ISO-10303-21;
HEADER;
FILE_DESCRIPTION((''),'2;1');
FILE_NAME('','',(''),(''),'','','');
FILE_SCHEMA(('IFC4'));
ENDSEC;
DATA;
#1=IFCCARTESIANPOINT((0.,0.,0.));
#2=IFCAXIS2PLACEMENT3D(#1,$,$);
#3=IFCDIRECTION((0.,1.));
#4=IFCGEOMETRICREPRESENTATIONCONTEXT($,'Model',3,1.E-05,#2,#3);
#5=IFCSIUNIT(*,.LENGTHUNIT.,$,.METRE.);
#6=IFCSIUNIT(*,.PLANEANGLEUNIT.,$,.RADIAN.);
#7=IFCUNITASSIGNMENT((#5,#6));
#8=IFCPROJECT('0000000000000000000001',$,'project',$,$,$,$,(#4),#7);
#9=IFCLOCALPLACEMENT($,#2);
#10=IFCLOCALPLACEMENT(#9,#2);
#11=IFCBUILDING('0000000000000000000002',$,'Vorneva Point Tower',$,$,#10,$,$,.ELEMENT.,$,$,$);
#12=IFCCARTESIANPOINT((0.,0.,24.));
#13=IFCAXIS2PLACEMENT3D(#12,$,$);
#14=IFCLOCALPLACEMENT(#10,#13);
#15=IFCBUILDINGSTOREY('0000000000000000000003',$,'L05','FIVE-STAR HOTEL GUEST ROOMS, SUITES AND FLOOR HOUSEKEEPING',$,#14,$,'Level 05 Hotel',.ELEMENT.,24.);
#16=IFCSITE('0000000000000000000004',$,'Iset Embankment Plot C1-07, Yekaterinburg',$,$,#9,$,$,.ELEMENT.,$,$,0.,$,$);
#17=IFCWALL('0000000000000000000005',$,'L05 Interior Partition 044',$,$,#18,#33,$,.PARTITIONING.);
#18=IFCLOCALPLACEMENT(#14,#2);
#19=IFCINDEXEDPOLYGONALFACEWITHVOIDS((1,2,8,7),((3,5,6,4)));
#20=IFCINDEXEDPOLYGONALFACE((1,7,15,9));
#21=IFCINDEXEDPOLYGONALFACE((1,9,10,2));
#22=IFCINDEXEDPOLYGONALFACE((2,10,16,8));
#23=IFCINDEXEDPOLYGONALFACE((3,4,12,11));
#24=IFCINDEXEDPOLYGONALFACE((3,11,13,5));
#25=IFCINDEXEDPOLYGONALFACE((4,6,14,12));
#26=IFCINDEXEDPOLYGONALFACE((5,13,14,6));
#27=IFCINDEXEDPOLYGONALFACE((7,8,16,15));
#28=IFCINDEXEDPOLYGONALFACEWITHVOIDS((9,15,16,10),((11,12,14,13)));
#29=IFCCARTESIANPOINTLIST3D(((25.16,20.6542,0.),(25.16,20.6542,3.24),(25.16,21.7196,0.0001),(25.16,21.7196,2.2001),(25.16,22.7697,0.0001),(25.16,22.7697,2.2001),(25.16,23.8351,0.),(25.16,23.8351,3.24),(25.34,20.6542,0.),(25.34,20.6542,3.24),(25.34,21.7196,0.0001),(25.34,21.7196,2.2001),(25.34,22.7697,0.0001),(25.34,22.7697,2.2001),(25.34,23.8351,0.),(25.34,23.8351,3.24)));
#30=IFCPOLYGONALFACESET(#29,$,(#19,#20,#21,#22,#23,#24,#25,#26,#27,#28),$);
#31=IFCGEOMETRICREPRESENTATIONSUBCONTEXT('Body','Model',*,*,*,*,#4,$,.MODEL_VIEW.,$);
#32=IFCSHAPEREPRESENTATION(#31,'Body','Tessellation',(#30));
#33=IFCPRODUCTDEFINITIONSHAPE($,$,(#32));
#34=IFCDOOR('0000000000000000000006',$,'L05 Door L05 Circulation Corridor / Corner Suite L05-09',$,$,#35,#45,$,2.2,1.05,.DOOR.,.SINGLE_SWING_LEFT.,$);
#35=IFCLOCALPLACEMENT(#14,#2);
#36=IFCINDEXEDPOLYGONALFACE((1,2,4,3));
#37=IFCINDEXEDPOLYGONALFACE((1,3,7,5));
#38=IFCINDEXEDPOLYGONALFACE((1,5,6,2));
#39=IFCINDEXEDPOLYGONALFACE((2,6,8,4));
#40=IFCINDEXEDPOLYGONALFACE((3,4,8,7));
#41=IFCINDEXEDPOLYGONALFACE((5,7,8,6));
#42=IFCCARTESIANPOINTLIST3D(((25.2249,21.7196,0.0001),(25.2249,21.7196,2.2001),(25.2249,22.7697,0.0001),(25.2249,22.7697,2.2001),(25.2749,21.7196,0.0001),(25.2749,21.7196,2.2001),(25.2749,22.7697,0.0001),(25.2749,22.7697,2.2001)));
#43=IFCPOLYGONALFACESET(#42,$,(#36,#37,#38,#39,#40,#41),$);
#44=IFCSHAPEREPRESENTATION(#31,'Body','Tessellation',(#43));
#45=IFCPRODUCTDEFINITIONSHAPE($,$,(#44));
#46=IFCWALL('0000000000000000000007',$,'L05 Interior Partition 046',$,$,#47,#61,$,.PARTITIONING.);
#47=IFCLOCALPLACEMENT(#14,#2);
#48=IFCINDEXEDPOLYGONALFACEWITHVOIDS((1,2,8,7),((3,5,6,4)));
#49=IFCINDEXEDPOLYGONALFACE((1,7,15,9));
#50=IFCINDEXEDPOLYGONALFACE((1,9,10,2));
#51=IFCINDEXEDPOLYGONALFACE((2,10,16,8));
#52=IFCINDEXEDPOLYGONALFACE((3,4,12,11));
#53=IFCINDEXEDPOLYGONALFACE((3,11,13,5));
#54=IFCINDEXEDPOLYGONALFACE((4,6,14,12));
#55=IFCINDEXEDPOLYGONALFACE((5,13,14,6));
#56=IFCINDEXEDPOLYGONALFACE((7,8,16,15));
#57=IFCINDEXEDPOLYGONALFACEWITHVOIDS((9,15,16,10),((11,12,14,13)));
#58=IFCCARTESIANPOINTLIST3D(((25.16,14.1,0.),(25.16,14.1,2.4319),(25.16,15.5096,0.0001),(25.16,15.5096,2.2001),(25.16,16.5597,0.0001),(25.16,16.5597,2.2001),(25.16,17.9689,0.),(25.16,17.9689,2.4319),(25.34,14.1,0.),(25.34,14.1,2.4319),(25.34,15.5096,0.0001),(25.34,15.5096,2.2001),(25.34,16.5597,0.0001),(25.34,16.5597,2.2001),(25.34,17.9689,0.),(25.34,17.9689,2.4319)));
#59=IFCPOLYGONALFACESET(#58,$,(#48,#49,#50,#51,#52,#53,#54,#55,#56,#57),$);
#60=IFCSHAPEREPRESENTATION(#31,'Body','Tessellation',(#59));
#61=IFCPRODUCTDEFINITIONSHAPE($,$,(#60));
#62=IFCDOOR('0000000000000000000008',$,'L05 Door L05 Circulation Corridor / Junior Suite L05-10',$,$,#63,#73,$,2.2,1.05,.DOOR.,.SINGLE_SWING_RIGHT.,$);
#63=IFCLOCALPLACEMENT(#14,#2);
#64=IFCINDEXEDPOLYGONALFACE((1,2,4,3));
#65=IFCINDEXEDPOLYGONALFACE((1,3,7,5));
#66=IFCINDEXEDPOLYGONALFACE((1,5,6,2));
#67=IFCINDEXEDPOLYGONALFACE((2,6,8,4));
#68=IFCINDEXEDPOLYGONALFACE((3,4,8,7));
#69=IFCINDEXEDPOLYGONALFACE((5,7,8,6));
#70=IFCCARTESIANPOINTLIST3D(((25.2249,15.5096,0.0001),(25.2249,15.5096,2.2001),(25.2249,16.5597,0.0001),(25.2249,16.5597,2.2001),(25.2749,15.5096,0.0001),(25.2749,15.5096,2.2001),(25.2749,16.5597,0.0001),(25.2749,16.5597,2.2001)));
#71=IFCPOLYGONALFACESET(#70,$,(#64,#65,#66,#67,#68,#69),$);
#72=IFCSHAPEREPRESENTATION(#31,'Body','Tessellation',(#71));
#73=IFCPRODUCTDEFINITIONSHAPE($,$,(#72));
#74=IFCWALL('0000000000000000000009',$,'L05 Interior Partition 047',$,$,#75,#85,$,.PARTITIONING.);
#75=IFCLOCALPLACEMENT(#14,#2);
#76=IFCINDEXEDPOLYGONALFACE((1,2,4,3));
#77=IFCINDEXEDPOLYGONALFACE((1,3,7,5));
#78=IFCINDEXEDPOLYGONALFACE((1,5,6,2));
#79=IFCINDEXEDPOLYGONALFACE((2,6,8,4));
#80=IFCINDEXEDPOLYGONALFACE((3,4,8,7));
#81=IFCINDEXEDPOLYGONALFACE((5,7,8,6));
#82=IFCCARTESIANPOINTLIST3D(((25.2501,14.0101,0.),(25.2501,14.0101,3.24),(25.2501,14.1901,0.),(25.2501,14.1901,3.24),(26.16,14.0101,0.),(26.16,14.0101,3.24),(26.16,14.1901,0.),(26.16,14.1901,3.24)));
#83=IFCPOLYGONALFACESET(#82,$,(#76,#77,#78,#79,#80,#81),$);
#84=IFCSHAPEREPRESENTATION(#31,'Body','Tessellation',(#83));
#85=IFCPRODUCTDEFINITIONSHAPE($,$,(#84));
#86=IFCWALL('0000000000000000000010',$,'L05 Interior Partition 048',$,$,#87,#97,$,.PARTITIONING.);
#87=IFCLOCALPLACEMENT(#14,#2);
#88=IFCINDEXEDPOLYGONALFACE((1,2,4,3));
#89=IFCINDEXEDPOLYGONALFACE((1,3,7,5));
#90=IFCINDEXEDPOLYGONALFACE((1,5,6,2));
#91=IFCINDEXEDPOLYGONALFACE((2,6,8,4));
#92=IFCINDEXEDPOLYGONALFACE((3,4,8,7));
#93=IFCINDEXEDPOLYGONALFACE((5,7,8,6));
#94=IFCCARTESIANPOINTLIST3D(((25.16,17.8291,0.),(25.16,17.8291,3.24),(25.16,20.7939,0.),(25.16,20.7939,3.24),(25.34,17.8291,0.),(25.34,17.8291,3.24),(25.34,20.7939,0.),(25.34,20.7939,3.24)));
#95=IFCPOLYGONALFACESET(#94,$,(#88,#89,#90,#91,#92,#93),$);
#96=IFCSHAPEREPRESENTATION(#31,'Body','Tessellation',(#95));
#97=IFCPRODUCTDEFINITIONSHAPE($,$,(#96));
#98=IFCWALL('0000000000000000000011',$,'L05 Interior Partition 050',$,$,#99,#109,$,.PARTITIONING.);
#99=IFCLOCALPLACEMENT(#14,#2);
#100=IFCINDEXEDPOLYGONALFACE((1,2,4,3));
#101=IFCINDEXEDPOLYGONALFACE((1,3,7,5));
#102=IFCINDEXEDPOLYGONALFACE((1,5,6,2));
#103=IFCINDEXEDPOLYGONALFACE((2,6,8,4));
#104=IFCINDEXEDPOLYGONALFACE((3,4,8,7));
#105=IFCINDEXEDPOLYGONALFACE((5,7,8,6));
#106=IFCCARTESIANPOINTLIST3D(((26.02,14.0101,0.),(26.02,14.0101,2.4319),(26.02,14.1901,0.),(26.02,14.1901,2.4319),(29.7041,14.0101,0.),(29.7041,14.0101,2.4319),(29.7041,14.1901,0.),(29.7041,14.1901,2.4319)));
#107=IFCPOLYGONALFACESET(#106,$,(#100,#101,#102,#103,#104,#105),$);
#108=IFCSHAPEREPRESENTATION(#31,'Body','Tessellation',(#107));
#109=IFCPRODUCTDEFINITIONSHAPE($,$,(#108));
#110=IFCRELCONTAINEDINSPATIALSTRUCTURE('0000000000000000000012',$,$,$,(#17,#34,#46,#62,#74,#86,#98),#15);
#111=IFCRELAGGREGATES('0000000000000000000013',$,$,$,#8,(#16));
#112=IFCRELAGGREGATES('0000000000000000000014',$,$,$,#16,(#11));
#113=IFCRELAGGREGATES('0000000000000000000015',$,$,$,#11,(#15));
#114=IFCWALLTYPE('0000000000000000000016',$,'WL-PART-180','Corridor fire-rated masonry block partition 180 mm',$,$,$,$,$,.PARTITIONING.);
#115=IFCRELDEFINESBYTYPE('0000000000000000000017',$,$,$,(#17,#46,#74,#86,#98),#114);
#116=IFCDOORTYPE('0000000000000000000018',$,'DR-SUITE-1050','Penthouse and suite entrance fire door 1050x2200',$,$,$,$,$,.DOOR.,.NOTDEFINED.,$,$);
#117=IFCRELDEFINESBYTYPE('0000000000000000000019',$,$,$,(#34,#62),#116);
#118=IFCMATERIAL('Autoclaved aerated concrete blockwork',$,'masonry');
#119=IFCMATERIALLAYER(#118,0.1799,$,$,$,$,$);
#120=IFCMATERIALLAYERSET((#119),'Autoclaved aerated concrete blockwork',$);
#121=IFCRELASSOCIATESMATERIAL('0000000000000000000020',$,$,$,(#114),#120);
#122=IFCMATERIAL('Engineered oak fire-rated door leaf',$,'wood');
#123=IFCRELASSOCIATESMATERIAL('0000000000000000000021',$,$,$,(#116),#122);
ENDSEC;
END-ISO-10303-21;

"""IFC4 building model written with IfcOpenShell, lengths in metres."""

from ifc_helpers import new_model, si_unit, direction, frame, frame_2d, origin, place, context, subcontext, project, spatial, rectangle, extrude, material, layer, layer_set, type_object, element, fill, save


model = new_model("IFC4")

# Units and contexts
model_context = context("Model", 3, precision=1e-05, world=origin(), true_north=direction((0.0, 1.0)))
body_context = subcontext(model_context, "Body", "Model", "MODEL_VIEW")
ifc_project = project(units=[si_unit("LENGTHUNIT", "METRE"), si_unit("PLANEANGLEUNIT", "RADIAN")], contexts=[model_context])

# Site, building, storey
site_placement = place(None, origin())
site = spatial("IfcSite", under=ifc_project, at=site_placement, Name="Iset Embankment Plot C1-07, Yekaterinburg", CompositionType="ELEMENT", RefElevation=0.0)
building_placement = place(site_placement, origin())
building = spatial("IfcBuilding", under=site, at=building_placement, Name="Vorneva Point Tower", CompositionType="ELEMENT")
storey_placement = place(building_placement, frame((0.0, 0.0, 24.0)))
storey = spatial("IfcBuildingStorey", under=building, at=storey_placement, Name="L05", Description="FIVE-STAR HOTEL GUEST ROOMS, SUITES AND FLOOR HOUSEKEEPING", LongName="Level 05 Hotel", CompositionType="ELEMENT", Elevation=24.0)

# Shared definitions
ifc_material_1 = material(Name="Engineered oak fire-rated door leaf", Category="wood")

# Walls, openings, doors
ifc_material_2 = material(Name="Autoclaved aerated concrete blockwork", Category="masonry")
ifc_layer_1 = layer(ifc_material_2, 0.1799)
ifc_layer_set_1 = layer_set([ifc_layer_1], Name="Autoclaved aerated concrete blockwork")
wall_type_1 = type_object("IfcWallType", Name="WL-PART-180", Description="Corridor fire-rated masonry block partition 180 mm", PredefinedType="PARTITIONING", material=ifc_layer_set_1)
wall_1_placement = place(storey_placement, frame((25.25, 23.835, 0.0), z_axis=(0.0, 0.0, 1.0), x_axis=(0.0, -1.0, 0.0)))
wall_1 = element("IfcWall", 1, at=wall_1_placement, inside=storey, type_object=wall_type_1, Name="L05 Interior Partition 044", PredefinedType="PARTITIONING", context=body_context, shape_type="SweptSolid", body=[
    extrude(rectangle(XDim=3.1809, YDim=0.1799, at=frame_2d((1.5903, 0.0))), origin(), (0.0, 0.0, 1.0), 3.24),
])
opening_1_placement = place(wall_1_placement, frame((1.0654, 0.0, 0.0)))
opening_1 = element("IfcOpeningElement", 2, at=opening_1_placement, cuts=wall_1, PredefinedType="OPENING", context=body_context, shape_type="SweptSolid", body=[
    extrude(rectangle(XDim=1.05, YDim=2.2, at=frame_2d((0.5249, 1.1001))), frame((0.0, 0.105, 0.0), z_axis=(0.0, -1.0, 0.0), x_axis=(1.0, 0.0, 0.0)), (0.0, 0.0, 1.0), 0.2097),
])
door_type_1 = type_object("IfcDoorType", Name="DR-SUITE-1050", Description="Penthouse and suite entrance fire door 1050x2200", OperationType="NOTDEFINED", PredefinedType="DOOR", material=ifc_material_1)
door_1_placement = place(opening_1_placement, origin())
door_1 = element("IfcDoor", 3, at=door_1_placement, inside=storey, type_object=door_type_1, Name="L05 Door L05 Circulation Corridor / Corner Suite L05-09", OperationType="SINGLE_SWING_LEFT", OverallHeight=2.2, OverallWidth=1.05, PredefinedType="DOOR", context=body_context, shape_type="SweptSolid", body=[
    extrude(rectangle(XDim=1.05, YDim=2.2, at=frame_2d((0.5249, 1.1001))), frame((0.0, 0.0249, 0.0), z_axis=(0.0, -1.0, 0.0), x_axis=(1.0, 0.0, 0.0)), (0.0, 0.0, 1.0), 0.05),
])
fill(opening_1, door_1)
wall_2_placement = place(storey_placement, frame((25.25, 17.969, 0.0), z_axis=(0.0, 0.0, 1.0), x_axis=(0.0, -1.0, 0.0)))
wall_2 = element("IfcWall", 4, at=wall_2_placement, inside=storey, type_object=wall_type_1, Name="L05 Interior Partition 046", PredefinedType="PARTITIONING", context=body_context, shape_type="SweptSolid", body=[
    extrude(rectangle(XDim=3.8689, YDim=0.1799, at=frame_2d((1.9346, 0.0))), origin(), (0.0, 0.0, 1.0), 2.4319),
])
opening_2_placement = place(wall_2_placement, frame((1.4094, 0.0, 0.0)))
opening_2 = element("IfcOpeningElement", 5, at=opening_2_placement, cuts=wall_2, PredefinedType="OPENING", context=body_context, shape_type="SweptSolid", body=[
    extrude(rectangle(XDim=1.05, YDim=2.2, at=frame_2d((0.5249, 1.1001))), frame((0.0, 0.105, 0.0), z_axis=(0.0, -1.0, 0.0), x_axis=(1.0, 0.0, 0.0)), (0.0, 0.0, 1.0), 0.2097),
])
door_2_placement = place(opening_2_placement, origin())
door_2 = element("IfcDoor", 6, at=door_2_placement, inside=storey, type_object=door_type_1, Name="L05 Door L05 Circulation Corridor / Junior Suite L05-10", OperationType="SINGLE_SWING_RIGHT", OverallHeight=2.2, OverallWidth=1.05, PredefinedType="DOOR", context=body_context, shape_type="SweptSolid", body=[
    extrude(rectangle(XDim=1.05, YDim=2.2, at=frame_2d((0.5249, 1.1001))), frame((0.0, 0.0249, 0.0), z_axis=(0.0, -1.0, 0.0), x_axis=(1.0, 0.0, 0.0)), (0.0, 0.0, 1.0), 0.05),
])
fill(opening_2, door_2)

# Walls
wall_3_placement = place(storey_placement, frame((25.25, 14.1001, 0.0), z_axis=(0.0, 0.0, 1.0), x_axis=(1.0, 0.0, 0.0)))
element("IfcWall", 7, at=wall_3_placement, inside=storey, type_object=wall_type_1, Name="L05 Interior Partition 047", PredefinedType="PARTITIONING", context=body_context, shape_type="SweptSolid", body=[
    extrude(rectangle(XDim=0.9099, YDim=0.1799, at=frame_2d((0.4551, 0.0))), origin(), (0.0, 0.0, 1.0), 3.24),
])
wall_4_placement = place(storey_placement, frame((25.25, 20.7939, 0.0), z_axis=(0.0, 0.0, 1.0), x_axis=(0.0, -1.0, 0.0)))
element("IfcWall", 8, at=wall_4_placement, inside=storey, type_object=wall_type_1, Name="L05 Interior Partition 048", PredefinedType="PARTITIONING", context=body_context, shape_type="SweptSolid", body=[
    extrude(rectangle(XDim=2.9648, YDim=0.1799, at=frame_2d((1.4824, 0.0))), origin(), (0.0, 0.0, 1.0), 3.24),
])
wall_5_placement = place(storey_placement, frame((26.02, 14.1001, 0.0), z_axis=(0.0, 0.0, 1.0), x_axis=(1.0, 0.0, 0.0)))
element("IfcWall", 9, at=wall_5_placement, inside=storey, type_object=wall_type_1, Name="L05 Interior Partition 050", PredefinedType="PARTITIONING", context=body_context, shape_type="SweptSolid", body=[
    extrude(rectangle(XDim=3.6841, YDim=0.1799, at=frame_2d((1.842, 0.0))), origin(), (0.0, 0.0, 1.0), 2.4319),
])

save(model, "model.ifc")
